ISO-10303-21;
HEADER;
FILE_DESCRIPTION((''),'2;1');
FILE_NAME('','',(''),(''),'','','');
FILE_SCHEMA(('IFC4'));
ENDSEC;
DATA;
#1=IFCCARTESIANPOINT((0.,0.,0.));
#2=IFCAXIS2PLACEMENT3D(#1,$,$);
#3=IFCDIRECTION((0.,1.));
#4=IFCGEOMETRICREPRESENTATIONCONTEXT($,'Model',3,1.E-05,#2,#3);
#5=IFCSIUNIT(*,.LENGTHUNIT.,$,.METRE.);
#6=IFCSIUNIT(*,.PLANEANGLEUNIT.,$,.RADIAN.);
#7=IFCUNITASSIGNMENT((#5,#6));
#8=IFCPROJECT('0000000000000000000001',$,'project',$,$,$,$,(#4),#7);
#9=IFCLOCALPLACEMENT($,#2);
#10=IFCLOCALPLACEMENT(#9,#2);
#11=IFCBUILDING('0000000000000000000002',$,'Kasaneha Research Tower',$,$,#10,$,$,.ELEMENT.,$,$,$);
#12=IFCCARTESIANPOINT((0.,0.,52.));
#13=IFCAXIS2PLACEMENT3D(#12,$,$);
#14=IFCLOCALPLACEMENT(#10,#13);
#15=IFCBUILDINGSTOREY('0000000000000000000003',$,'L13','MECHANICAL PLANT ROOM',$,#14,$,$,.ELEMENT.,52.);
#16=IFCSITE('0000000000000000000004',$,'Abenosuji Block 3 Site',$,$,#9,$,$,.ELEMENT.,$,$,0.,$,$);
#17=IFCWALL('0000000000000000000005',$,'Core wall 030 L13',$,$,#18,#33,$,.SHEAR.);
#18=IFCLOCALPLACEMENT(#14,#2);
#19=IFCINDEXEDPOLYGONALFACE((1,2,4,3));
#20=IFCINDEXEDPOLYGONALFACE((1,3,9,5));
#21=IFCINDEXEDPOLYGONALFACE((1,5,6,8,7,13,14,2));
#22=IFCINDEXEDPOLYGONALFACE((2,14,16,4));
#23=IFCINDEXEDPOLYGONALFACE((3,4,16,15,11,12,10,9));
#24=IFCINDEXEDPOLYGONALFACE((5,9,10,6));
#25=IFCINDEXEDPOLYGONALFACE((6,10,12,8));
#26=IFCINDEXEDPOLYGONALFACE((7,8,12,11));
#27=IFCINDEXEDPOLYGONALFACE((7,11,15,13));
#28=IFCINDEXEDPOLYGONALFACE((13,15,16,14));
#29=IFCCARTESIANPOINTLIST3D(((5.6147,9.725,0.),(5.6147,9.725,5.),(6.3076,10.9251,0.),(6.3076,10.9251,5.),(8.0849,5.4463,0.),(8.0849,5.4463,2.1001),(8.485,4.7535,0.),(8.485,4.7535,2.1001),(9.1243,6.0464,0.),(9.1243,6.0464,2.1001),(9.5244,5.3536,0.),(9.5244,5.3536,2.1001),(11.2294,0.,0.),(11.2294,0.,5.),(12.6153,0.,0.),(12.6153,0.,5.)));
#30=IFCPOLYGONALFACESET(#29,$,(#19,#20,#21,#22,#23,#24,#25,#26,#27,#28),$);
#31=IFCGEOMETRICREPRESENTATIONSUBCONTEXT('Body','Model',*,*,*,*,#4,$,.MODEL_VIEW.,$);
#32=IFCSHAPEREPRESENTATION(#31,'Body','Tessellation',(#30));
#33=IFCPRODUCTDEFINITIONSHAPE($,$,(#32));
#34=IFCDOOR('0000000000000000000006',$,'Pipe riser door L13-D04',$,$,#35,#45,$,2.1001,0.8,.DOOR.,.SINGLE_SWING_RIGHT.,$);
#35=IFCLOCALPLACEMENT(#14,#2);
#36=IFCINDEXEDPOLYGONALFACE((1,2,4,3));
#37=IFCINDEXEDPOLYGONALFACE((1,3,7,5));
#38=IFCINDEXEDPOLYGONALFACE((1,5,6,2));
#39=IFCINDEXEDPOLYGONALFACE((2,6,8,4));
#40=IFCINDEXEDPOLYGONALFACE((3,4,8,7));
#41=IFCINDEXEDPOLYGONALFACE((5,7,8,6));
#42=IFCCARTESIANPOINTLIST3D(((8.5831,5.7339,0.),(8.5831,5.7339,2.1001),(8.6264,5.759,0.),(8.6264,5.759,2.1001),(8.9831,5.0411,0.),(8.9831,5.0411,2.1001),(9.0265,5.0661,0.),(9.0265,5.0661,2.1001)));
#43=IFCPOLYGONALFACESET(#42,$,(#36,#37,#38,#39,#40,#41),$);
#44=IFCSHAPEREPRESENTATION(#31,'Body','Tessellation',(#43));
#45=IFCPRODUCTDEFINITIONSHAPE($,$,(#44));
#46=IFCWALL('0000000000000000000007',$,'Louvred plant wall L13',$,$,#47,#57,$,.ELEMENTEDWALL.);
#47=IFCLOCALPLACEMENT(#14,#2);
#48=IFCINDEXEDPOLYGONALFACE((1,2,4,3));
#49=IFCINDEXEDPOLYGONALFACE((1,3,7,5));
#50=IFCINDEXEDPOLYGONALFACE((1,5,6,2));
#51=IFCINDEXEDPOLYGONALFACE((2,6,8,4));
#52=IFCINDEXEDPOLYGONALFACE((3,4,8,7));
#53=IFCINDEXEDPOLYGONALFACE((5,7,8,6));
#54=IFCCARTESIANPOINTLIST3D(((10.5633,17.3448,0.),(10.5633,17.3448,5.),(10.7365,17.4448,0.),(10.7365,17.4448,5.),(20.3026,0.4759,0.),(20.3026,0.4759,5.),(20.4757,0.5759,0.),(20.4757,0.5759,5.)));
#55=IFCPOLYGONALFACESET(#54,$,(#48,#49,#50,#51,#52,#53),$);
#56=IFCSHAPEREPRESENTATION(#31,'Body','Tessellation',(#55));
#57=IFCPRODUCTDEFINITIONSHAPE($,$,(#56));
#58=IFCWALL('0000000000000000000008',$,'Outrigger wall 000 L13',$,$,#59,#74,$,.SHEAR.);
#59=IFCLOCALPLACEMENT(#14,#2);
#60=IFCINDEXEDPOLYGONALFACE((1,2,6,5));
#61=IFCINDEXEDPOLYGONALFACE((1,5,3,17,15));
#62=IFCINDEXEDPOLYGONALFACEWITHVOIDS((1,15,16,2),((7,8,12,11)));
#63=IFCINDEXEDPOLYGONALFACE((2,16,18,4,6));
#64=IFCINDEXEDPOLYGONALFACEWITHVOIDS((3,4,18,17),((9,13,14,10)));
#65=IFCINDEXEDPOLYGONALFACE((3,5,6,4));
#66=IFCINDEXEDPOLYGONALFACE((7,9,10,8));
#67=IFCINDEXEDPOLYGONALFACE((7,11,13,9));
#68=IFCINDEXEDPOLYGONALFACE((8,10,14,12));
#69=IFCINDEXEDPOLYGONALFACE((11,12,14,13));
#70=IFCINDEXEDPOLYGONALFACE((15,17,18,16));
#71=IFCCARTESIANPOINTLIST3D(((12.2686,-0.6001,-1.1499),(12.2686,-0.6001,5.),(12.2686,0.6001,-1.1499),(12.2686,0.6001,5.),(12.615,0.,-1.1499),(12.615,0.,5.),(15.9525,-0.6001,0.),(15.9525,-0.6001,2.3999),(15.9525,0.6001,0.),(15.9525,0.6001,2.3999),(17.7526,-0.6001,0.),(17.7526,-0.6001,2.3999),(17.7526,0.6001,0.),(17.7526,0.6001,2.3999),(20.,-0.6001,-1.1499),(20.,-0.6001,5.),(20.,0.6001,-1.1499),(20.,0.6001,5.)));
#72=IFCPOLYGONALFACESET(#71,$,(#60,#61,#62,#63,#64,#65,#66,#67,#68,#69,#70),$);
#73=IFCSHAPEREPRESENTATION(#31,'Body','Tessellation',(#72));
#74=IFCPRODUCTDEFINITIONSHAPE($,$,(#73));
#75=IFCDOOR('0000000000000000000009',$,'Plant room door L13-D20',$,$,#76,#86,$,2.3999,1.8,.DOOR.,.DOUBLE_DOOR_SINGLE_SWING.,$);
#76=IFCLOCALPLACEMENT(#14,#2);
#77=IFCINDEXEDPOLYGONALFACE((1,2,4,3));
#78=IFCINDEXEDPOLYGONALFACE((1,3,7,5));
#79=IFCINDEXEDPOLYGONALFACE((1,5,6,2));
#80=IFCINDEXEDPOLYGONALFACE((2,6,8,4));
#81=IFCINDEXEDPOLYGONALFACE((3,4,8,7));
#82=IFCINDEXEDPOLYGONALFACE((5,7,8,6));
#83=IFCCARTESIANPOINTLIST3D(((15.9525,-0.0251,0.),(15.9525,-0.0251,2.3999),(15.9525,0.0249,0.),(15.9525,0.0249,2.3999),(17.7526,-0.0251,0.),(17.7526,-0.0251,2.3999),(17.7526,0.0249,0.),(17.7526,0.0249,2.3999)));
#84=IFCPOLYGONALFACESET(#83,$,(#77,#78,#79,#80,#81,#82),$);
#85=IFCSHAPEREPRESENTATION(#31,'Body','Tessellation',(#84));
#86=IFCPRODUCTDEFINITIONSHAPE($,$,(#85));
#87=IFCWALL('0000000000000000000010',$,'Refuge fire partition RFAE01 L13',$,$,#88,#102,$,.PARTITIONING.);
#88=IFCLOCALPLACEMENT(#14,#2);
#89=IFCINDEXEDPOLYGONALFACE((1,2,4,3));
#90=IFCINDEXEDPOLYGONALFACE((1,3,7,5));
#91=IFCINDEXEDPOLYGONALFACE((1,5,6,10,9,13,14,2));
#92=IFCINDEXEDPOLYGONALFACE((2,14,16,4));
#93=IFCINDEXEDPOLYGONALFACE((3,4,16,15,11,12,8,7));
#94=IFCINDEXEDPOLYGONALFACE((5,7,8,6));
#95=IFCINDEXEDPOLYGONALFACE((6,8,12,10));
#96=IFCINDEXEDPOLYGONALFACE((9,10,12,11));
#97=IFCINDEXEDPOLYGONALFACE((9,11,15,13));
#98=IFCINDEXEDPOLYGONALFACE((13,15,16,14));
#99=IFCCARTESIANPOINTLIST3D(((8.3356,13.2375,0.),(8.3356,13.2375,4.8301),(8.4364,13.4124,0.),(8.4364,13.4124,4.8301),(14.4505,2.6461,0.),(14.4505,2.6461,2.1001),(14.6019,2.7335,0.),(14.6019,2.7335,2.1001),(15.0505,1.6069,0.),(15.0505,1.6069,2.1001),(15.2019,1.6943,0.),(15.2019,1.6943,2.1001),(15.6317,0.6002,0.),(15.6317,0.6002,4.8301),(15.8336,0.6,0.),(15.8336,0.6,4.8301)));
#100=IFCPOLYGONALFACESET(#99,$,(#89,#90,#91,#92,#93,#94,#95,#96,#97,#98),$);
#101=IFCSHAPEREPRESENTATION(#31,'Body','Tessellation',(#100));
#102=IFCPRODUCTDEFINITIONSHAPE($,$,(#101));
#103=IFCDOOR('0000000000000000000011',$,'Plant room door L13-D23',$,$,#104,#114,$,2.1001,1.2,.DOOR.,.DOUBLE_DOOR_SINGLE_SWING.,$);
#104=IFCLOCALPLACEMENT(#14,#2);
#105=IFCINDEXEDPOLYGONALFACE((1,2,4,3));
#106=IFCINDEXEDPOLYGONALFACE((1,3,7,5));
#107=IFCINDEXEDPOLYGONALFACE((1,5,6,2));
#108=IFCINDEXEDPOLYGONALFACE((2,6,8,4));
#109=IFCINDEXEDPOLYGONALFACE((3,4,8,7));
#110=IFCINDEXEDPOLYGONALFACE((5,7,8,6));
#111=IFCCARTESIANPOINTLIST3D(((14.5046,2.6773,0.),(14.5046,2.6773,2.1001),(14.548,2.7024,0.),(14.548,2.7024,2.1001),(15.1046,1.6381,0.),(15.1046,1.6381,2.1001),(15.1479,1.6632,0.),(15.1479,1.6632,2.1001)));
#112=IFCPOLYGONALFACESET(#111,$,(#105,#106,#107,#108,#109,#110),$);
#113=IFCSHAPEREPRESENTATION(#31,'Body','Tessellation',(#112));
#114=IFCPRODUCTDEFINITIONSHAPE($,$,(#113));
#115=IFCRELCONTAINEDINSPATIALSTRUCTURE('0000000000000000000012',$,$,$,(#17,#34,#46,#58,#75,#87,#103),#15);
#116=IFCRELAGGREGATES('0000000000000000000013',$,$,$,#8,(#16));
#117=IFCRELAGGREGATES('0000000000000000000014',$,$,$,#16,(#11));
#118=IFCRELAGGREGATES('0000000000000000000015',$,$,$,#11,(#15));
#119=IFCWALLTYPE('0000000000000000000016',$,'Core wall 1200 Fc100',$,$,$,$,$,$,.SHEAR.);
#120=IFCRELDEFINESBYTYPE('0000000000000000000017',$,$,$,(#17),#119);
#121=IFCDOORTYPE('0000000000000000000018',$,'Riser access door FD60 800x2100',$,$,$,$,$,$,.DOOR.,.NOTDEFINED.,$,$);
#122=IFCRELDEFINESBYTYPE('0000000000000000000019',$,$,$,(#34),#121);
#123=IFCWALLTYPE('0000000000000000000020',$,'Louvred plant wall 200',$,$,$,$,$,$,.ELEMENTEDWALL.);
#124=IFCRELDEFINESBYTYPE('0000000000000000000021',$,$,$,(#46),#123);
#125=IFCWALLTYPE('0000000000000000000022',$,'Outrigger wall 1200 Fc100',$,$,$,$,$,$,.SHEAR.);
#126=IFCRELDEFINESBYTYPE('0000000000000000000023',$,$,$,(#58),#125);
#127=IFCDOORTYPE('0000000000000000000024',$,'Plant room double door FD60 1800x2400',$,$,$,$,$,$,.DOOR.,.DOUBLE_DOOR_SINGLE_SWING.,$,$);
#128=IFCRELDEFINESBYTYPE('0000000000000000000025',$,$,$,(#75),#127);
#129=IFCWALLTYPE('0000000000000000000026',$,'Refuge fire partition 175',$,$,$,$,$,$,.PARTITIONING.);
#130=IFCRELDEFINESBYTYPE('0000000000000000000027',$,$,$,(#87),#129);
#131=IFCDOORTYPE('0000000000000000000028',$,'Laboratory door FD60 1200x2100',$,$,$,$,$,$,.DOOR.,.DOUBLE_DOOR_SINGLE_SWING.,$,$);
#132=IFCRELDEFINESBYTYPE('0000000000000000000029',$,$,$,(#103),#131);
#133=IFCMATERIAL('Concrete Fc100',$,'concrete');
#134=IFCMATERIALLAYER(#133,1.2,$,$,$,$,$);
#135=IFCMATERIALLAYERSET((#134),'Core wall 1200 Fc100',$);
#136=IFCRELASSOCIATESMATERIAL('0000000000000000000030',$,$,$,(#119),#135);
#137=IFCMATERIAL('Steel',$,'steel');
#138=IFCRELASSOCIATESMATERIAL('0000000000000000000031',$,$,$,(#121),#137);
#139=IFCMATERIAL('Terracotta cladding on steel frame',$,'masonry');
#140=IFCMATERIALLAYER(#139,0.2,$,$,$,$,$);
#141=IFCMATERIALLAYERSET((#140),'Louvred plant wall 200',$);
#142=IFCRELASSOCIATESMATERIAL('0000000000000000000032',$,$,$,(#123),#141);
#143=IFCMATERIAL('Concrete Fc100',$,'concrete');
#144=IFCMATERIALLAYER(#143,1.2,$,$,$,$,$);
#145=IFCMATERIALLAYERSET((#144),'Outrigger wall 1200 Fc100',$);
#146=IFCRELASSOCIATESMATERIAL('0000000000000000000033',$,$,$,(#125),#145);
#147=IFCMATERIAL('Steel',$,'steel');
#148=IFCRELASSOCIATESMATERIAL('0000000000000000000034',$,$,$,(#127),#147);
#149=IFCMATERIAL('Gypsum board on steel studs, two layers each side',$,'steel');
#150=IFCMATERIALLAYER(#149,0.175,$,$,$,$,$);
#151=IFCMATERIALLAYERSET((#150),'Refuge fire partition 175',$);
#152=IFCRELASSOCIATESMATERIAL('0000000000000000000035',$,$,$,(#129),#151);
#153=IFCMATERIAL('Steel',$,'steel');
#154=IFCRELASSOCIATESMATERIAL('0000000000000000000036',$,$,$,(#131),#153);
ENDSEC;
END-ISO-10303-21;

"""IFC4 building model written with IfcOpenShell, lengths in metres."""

from ifc_helpers import new_model, si_unit, direction, frame, frame_2d, origin, place, context, subcontext, project, spatial, polyline, rectangle, outline, extrude, material, layer, layer_set, type_object, element, fill, save


model = new_model("IFC4")

# Units and contexts
model_context = context("Model", 3, precision=1e-05, world=origin(), true_north=direction((0.0, 1.0)))
body_context = subcontext(model_context, "Body", "Model", "MODEL_VIEW")
ifc_project = project(units=[si_unit("LENGTHUNIT", "METRE"), si_unit("PLANEANGLEUNIT", "RADIAN")], contexts=[model_context])

# Site, building, storey
site_placement = place(None, origin())
site = spatial("IfcSite", under=ifc_project, at=site_placement, Name="Abenosuji Block 3 Site", CompositionType="ELEMENT", RefElevation=0.0)
building_placement = place(site_placement, origin())
building = spatial("IfcBuilding", under=site, at=building_placement, Name="Kasaneha Research Tower", CompositionType="ELEMENT")
storey_placement = place(building_placement, frame((0.0, 0.0, 52.0)))
storey = spatial("IfcBuildingStorey", under=building, at=storey_placement, Name="L13", Description="MECHANICAL PLANT ROOM", CompositionType="ELEMENT", Elevation=52.0)

# Wall, opening, door
ifc_material_1 = material(Name="Concrete Fc100", Category="concrete")
ifc_layer_1 = layer(ifc_material_1, 1.2)
ifc_layer_set_1 = layer_set([ifc_layer_1], Name="Core wall 1200 Fc100")
wall_type_1 = type_object("IfcWallType", Name="Core wall 1200 Fc100", PredefinedType="SHEAR", material=ifc_layer_set_1)
wall_1_placement = place(storey_placement, frame((11.9224, 0.0, 0.0), z_axis=(0.0, 0.0, 1.0), x_axis=(-0.500004, 0.866023, 0.0)))
wall_1 = element("IfcWall", 1, at=wall_1_placement, inside=storey, type_object=wall_type_1, Name="Core wall 030 L13", PredefinedType="SHEAR", context=body_context, shape_type="SweptSolid", body=[
    extrude(outline(polyline([(-0.3464, -0.6001), (5.8354, -0.6001), (6.6355, -0.6001), (12.2688, -0.6001), (11.5759, 0.6001), (6.6355, 0.6001), (5.8354, 0.6001), (0.3464, 0.6001), (-0.3464, -0.6001)])), origin(), (0.0, 0.0, 1.0), 5.0),
])
opening_1_placement = place(wall_1_placement, frame((5.8354, 0.0, 0.0)))
opening_1 = element("IfcOpeningElement", 2, at=opening_1_placement, cuts=wall_1, PredefinedType="OPENING", context=body_context, shape_type="SweptSolid", body=[
    extrude(rectangle(XDim=0.8, YDim=2.1001, at=frame_2d((0.3999, 1.05))), frame((0.0, 0.6099, 0.0), z_axis=(0.0, -1.0, 0.0), x_axis=(1.0, 0.0, 0.0)), (0.0, 0.0, 1.0), 1.22),
])
ifc_material_2 = material(Name="Steel", Category="steel")
door_type_1 = type_object("IfcDoorType", Name="Riser access door FD60 800x2100", OperationType="NOTDEFINED", PredefinedType="DOOR", material=ifc_material_2)
door_1_placement = place(opening_1_placement, origin())
door_1 = element("IfcDoor", 3, at=door_1_placement, inside=storey, type_object=door_type_1, Name="Pipe riser door L13-D04", OperationType="SINGLE_SWING_RIGHT", OverallHeight=2.1001, OverallWidth=0.8, PredefinedType="DOOR", context=body_context, shape_type="SweptSolid", body=[
    extrude(rectangle(XDim=0.8, YDim=2.1001, at=frame_2d((0.3999, 1.05))), frame((0.0, 0.0249, 0.0), z_axis=(0.0, -1.0, 0.0), x_axis=(1.0, 0.0, 0.0)), (0.0, 0.0, 1.0), 0.05),
])
fill(opening_1, door_1)

# Wall
ifc_material_3 = material(Name="Terracotta cladding on steel frame", Category="masonry")
ifc_layer_2 = layer(ifc_material_3, 0.2)
ifc_layer_set_2 = layer_set([ifc_layer_2], Name="Louvred plant wall 200")
wall_type_2 = type_object("IfcWallType", Name="Louvred plant wall 200", PredefinedType="ELEMENTEDWALL", material=ifc_layer_set_2)
wall_2_placement = place(storey_placement, frame((20.3892, 0.5259, 0.0), z_axis=(0.0, 0.0, 1.0), x_axis=(-0.5, 0.866025, 0.0)))
element("IfcWall", 4, at=wall_2_placement, inside=storey, type_object=wall_type_2, Name="Louvred plant wall L13", PredefinedType="ELEMENTEDWALL", context=body_context, shape_type="SweptSolid", body=[
    extrude(rectangle(XDim=19.4785, YDim=0.2, at=frame_2d((9.7393, 0.0))), origin(), (0.0, 0.0, 1.0), 5.0),
])

# Walls, openings, doors
ifc_material_4 = material(Name="Concrete Fc100", Category="concrete")
ifc_layer_3 = layer(ifc_material_4, 1.2)
ifc_layer_set_3 = layer_set([ifc_layer_3], Name="Outrigger wall 1200 Fc100")
wall_type_3 = type_object("IfcWallType", Name="Outrigger wall 1200 Fc100", PredefinedType="SHEAR", material=ifc_layer_set_3)
wall_3_placement = place(storey_placement, frame((12.615, 0.0, -1.1499), z_axis=(0.0, 0.0, 1.0), x_axis=(1.0, 0.0, 0.0)))
wall_3 = element("IfcWall", 5, at=wall_3_placement, inside=storey, type_object=wall_type_3, Name="Outrigger wall 000 L13", PredefinedType="SHEAR", context=body_context, shape_type="SweptSolid", body=[
    extrude(outline(polyline([(-0.3464, -0.6001), (3.3376, -0.6001), (5.1377, -0.6001), (7.385, -0.6001), (7.385, 0.6001), (5.1377, 0.6001), (3.3376, 0.6001), (-0.3464, 0.6001), (0.0, 0.0), (-0.3464, -0.6001)])), origin(), (0.0, 0.0, 1.0), 6.1499),
])
opening_2_placement = place(wall_3_placement, frame((3.3376, 0.0, 1.1499)))
opening_2 = element("IfcOpeningElement", 6, at=opening_2_placement, cuts=wall_3, PredefinedType="OPENING", context=body_context, shape_type="SweptSolid", body=[
    extrude(rectangle(XDim=1.8, YDim=2.3999, at=frame_2d((0.8999, 1.2))), frame((0.0, 0.6099, 0.0), z_axis=(0.0, -1.0, 0.0), x_axis=(1.0, 0.0, 0.0)), (0.0, 0.0, 1.0), 1.22),
])
ifc_material_5 = material(Name="Steel", Category="steel")
door_type_2 = type_object("IfcDoorType", Name="Plant room double door FD60 1800x2400", OperationType="DOUBLE_DOOR_SINGLE_SWING", PredefinedType="DOOR", material=ifc_material_5)
door_2_placement = place(opening_2_placement, origin())
door_2 = element("IfcDoor", 7, at=door_2_placement, inside=storey, type_object=door_type_2, Name="Plant room door L13-D20", OperationType="DOUBLE_DOOR_SINGLE_SWING", OverallHeight=2.3999, OverallWidth=1.8, PredefinedType="DOOR", context=body_context, shape_type="SweptSolid", body=[
    extrude(rectangle(XDim=1.8, YDim=2.3999, at=frame_2d((0.8999, 1.2))), frame((0.0, 0.0249, 0.0), z_axis=(0.0, -1.0, 0.0), x_axis=(1.0, 0.0, 0.0)), (0.0, 0.0, 1.0), 0.05),
])
fill(opening_2, door_2)
ifc_material_6 = material(Name="Gypsum board on steel studs, two layers each side", Category="steel")
ifc_layer_4 = layer(ifc_material_6, 0.175)
ifc_layer_set_4 = layer_set([ifc_layer_4], Name="Refuge fire partition 175")
wall_type_4 = type_object("IfcWallType", Name="Refuge fire partition 175", PredefinedType="PARTITIONING", material=ifc_layer_set_4)
wall_4_placement = place(storey_placement, frame((15.7327, 0.6001, 0.0), z_axis=(0.0, 0.0, 1.0), x_axis=(-0.499999, 0.866026, 0.0)))
wall_4 = element("IfcWall", 8, at=wall_4_placement, inside=storey, type_object=wall_type_4, Name="Refuge fire partition RFAE01 L13", PredefinedType="PARTITIONING", context=body_context, shape_type="SweptSolid", body=[
    extrude(outline(polyline([(-0.0505, -0.0874), (1.2129, -0.0874), (2.4128, -0.0874), (14.7439, -0.0874), (14.6428, 0.0874), (2.4128, 0.0874), (1.2129, 0.0874), (0.0505, 0.0874), (-0.0505, -0.0874)])), origin(), (0.0, 0.0, 1.0), 4.8301),
])
opening_3_placement = place(wall_4_placement, frame((1.2129, 0.0, 0.0)))
opening_3 = element("IfcOpeningElement", 9, at=opening_3_placement, cuts=wall_4, PredefinedType="OPENING", context=body_context, shape_type="SweptSolid", body=[
    extrude(rectangle(XDim=1.2, YDim=2.1001, at=frame_2d((0.6001, 1.05))), frame((0.0, 0.0977, 0.0), z_axis=(0.0, -1.0, 0.0), x_axis=(1.0, 0.0, 0.0)), (0.0, 0.0, 1.0), 0.1951),
])
ifc_material_7 = material(Name="Steel", Category="steel")
door_type_3 = type_object("IfcDoorType", Name="Laboratory door FD60 1200x2100", OperationType="DOUBLE_DOOR_SINGLE_SWING", PredefinedType="DOOR", material=ifc_material_7)
door_3_placement = place(opening_3_placement, origin())
door_3 = element("IfcDoor", 10, at=door_3_placement, inside=storey, type_object=door_type_3, Name="Plant room door L13-D23", OperationType="DOUBLE_DOOR_SINGLE_SWING", OverallHeight=2.1001, OverallWidth=1.2, PredefinedType="DOOR", context=body_context, shape_type="SweptSolid", body=[
    extrude(rectangle(XDim=1.2, YDim=2.1001, at=frame_2d((0.6001, 1.05))), frame((0.0, 0.0249, 0.0), z_axis=(0.0, -1.0, 0.0), x_axis=(1.0, 0.0, 0.0)), (0.0, 0.0, 1.0), 0.05),
])
fill(opening_3, door_3)

save(model, "model.ifc")
